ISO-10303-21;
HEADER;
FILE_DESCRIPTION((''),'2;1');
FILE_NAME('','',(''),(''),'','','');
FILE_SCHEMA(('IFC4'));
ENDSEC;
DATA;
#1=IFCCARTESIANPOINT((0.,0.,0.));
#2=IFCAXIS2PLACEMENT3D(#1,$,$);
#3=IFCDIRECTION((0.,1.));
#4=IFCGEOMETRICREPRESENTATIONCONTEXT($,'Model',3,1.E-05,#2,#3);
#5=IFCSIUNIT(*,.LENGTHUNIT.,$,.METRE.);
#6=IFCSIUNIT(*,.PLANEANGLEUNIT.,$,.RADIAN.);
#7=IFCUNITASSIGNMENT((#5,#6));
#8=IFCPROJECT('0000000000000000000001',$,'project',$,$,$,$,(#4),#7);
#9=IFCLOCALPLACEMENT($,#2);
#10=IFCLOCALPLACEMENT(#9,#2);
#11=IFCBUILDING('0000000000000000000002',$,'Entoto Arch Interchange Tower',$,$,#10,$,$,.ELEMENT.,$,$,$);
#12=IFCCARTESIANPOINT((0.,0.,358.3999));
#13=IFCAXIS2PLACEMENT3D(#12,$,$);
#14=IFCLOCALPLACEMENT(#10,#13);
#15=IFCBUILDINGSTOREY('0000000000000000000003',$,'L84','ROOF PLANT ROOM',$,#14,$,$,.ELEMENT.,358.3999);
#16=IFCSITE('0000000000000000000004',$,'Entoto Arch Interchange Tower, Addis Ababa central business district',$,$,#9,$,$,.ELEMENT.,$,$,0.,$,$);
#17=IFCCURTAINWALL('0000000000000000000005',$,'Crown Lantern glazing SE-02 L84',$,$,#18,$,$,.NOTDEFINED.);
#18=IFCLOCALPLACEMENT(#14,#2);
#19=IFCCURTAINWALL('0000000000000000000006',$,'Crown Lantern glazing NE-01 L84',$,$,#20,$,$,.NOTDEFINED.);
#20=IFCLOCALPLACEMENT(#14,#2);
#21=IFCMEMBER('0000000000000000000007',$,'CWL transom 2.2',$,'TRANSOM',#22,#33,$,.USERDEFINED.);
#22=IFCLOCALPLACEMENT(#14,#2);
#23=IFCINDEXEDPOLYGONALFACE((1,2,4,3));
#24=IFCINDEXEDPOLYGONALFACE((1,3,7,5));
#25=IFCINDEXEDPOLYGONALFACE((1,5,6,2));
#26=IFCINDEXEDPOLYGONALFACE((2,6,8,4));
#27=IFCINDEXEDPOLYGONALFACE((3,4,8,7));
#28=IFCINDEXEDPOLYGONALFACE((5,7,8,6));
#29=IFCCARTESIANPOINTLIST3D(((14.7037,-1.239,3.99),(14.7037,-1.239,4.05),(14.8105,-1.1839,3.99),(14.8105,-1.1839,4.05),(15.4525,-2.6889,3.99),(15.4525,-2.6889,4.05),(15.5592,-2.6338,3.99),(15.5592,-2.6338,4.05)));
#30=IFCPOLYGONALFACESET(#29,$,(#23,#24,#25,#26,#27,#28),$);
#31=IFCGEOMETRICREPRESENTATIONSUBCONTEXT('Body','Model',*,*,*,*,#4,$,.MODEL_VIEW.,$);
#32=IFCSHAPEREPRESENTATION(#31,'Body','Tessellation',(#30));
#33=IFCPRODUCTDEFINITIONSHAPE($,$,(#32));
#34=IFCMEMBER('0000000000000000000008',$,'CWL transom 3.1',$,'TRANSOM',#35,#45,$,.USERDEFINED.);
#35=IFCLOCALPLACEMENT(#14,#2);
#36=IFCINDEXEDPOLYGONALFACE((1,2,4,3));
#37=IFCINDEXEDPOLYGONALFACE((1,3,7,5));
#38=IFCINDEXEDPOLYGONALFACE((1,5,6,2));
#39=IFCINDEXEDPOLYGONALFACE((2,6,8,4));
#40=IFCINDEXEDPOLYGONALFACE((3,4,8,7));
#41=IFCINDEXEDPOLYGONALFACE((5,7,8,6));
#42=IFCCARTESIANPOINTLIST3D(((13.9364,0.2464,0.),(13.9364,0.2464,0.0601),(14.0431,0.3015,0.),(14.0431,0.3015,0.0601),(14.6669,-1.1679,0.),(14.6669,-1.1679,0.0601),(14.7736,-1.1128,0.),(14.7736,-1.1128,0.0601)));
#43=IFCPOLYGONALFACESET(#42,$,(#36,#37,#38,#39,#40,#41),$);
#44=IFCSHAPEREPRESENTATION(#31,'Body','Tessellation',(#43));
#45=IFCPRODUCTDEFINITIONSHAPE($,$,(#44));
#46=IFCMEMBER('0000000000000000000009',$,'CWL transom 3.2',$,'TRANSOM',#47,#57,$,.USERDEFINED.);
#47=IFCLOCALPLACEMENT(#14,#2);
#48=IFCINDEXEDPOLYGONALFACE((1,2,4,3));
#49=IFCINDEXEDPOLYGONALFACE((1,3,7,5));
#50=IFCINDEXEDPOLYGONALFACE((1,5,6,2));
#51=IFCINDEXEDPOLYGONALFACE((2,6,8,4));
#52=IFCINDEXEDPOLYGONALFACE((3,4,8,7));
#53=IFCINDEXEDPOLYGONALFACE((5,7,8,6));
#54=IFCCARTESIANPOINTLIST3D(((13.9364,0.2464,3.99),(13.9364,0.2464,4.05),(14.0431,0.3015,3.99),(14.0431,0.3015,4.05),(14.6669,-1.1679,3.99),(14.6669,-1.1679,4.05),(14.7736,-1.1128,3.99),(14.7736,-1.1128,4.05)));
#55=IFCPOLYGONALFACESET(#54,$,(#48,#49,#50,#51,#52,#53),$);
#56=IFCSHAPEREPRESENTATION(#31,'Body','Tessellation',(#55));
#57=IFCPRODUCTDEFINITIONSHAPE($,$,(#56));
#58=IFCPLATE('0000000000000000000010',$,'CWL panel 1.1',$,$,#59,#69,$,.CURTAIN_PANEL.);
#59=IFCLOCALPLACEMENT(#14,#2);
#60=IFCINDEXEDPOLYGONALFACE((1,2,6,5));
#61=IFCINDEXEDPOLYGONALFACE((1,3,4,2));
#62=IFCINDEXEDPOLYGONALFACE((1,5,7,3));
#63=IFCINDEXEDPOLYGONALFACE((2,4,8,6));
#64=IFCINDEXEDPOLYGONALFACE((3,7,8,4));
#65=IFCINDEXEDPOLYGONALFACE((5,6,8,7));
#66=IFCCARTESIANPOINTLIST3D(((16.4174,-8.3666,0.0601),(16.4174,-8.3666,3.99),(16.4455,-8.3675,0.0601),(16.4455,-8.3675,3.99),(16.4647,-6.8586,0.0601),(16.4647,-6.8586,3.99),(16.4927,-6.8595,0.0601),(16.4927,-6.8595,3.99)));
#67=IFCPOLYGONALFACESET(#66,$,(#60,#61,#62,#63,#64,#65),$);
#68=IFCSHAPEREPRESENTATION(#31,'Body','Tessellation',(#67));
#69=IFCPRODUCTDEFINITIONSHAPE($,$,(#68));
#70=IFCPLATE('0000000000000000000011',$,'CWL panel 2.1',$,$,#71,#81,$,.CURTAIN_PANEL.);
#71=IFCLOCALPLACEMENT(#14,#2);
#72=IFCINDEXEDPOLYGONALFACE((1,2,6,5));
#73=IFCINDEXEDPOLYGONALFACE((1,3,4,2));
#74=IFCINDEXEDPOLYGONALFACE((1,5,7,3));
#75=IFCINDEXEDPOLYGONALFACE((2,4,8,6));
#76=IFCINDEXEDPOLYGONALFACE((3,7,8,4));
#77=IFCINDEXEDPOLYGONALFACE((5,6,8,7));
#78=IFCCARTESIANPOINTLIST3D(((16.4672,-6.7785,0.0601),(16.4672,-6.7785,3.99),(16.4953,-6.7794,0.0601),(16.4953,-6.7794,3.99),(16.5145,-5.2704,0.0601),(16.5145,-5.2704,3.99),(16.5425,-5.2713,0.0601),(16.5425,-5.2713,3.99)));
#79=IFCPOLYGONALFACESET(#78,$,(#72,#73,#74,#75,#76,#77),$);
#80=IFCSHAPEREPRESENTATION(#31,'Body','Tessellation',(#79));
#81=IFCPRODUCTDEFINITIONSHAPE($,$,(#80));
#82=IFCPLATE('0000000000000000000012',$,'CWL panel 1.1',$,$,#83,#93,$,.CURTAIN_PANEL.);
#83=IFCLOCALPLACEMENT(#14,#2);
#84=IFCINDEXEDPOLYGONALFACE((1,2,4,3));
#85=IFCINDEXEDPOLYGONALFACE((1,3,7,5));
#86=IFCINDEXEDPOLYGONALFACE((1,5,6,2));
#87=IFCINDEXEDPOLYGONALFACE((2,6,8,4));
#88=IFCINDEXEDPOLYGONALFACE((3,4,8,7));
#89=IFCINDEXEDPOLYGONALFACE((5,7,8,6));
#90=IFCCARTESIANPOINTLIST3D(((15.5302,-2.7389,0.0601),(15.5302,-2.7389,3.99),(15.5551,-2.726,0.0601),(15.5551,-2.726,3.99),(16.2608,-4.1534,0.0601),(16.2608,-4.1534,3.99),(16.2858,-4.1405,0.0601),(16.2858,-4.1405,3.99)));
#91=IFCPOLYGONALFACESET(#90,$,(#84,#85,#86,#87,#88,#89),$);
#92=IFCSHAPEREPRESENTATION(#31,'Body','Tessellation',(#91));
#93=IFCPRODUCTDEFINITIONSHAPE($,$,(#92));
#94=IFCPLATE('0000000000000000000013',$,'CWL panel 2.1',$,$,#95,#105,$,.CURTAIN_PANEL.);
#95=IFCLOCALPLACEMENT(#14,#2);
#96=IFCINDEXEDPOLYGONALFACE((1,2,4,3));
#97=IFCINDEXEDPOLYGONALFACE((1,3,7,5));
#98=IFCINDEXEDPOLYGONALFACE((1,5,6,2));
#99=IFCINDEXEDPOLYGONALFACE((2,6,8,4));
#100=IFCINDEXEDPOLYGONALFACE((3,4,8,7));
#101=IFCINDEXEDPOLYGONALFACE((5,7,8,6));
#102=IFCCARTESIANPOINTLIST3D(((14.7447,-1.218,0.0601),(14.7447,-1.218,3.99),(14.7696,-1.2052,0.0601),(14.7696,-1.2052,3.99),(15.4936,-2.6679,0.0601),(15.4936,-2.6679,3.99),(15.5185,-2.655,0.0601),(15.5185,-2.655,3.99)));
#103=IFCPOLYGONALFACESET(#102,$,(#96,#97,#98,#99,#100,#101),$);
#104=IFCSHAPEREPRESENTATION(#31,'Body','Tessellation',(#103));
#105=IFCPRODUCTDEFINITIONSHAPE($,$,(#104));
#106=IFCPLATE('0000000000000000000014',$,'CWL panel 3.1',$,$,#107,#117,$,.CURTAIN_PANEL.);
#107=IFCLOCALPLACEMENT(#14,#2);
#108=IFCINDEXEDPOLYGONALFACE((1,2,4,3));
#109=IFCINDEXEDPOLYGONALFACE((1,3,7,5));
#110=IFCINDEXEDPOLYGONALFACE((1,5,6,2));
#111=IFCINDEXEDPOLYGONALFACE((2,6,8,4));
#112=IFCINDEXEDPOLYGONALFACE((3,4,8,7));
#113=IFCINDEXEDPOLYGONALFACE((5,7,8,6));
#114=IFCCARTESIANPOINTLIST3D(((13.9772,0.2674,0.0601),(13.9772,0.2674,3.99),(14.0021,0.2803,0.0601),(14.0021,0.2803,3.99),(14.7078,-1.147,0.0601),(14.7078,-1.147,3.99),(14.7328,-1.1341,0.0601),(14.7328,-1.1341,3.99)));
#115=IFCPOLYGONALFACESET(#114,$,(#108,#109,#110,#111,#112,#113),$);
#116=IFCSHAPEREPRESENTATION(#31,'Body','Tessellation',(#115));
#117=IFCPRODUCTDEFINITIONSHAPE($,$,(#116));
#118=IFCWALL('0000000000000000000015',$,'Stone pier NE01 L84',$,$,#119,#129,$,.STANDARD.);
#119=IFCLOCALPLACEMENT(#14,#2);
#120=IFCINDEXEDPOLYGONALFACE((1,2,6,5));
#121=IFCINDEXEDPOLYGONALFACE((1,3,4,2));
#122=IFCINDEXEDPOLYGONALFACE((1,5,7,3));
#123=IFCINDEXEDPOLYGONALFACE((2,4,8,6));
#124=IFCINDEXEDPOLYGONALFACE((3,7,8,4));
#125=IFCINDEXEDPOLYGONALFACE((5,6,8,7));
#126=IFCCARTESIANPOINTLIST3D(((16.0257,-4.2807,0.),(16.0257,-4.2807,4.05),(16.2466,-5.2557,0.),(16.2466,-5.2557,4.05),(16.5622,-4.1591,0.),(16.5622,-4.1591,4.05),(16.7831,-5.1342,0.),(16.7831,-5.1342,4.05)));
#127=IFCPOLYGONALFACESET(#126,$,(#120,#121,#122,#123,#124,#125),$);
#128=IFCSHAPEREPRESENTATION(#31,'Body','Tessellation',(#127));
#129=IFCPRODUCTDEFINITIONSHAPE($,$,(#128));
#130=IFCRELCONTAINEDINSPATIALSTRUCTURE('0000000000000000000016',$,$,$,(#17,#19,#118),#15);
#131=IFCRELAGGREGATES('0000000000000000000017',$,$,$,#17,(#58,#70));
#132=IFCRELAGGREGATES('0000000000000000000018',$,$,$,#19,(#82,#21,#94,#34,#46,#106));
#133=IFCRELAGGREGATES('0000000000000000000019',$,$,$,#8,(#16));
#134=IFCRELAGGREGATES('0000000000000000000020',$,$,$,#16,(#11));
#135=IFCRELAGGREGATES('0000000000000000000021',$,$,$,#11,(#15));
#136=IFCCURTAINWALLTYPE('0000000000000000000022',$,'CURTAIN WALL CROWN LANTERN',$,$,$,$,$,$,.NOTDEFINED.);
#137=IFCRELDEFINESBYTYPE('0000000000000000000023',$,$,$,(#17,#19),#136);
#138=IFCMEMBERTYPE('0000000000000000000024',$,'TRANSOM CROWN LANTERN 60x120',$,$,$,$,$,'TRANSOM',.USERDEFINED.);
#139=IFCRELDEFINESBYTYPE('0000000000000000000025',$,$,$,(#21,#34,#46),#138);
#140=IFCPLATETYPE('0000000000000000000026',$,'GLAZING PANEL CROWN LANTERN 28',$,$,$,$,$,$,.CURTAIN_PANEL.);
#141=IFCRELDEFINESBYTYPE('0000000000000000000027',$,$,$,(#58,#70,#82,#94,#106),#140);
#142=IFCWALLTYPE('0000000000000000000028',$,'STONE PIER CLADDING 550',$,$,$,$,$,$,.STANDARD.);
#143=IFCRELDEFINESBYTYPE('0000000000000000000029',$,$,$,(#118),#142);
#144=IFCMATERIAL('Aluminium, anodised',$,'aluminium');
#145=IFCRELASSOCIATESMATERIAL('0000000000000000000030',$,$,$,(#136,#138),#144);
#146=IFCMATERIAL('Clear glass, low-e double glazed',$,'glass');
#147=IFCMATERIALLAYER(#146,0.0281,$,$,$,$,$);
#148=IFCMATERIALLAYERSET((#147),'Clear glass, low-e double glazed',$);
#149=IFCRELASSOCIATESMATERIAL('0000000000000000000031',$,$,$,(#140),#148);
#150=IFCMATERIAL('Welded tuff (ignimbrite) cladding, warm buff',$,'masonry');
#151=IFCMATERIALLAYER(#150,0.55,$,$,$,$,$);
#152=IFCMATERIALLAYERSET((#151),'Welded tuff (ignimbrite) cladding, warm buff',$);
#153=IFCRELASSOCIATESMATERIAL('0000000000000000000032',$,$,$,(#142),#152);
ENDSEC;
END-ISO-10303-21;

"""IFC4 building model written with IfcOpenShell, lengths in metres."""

from ifc_helpers import new_model, si_unit, direction, frame, frame_2d, origin, origin_2d, place, context, subcontext, project, spatial, rectangle, extrude, material, layer, layer_set, material_profile, profile_set, type_object, element, aggregate, save


model = new_model("IFC4")

# Units and contexts
model_context = context("Model", 3, precision=1e-05, world=origin(), true_north=direction((0.0, 1.0)))
body_context = subcontext(model_context, "Body", "Model", "MODEL_VIEW")
ifc_project = project(units=[si_unit("LENGTHUNIT", "METRE"), si_unit("PLANEANGLEUNIT", "RADIAN")], contexts=[model_context])

# Site, building, storey
site_placement = place(None, origin())
site = spatial("IfcSite", under=ifc_project, at=site_placement, Name="Entoto Arch Interchange Tower, Addis Ababa central business district", CompositionType="ELEMENT", RefElevation=0.0)
building_placement = place(site_placement, origin())
building = spatial("IfcBuilding", under=site, at=building_placement, Name="Entoto Arch Interchange Tower", CompositionType="ELEMENT")
storey_placement = place(building_placement, frame((0.0, 0.0, 358.3999)))
storey = spatial("IfcBuildingStorey", under=building, at=storey_placement, Name="L84", Description="ROOF PLANT ROOM", CompositionType="ELEMENT", Elevation=358.3999)

# Curtain walls
ifc_material_1 = material(Name="Aluminium, anodised", Category="aluminium")
curtain_wall_type = type_object("IfcCurtainWallType", Name="CURTAIN WALL CROWN LANTERN", PredefinedType="NOTDEFINED", material=ifc_material_1)
curtain_wall_1_placement = place(storey_placement, origin())
curtain_wall_1 = element("IfcCurtainWall", 1, at=curtain_wall_1_placement, inside=storey, type_object=curtain_wall_type, Name="Crown Lantern glazing SE-02 L84", PredefinedType="NOTDEFINED")
curtain_wall_2_placement = place(storey_placement, origin())
curtain_wall_2 = element("IfcCurtainWall", 2, at=curtain_wall_2_placement, inside=storey, type_object=curtain_wall_type, Name="Crown Lantern glazing NE-01 L84", PredefinedType="NOTDEFINED")

# Members
ifc_material_profile_1 = material_profile(ifc_material_1, rectangle(XDim=0.1201, YDim=0.0601, at=origin_2d()))
ifc_profile_set_1 = profile_set([ifc_material_profile_1], Name="Aluminium, anodised")
member_type_1 = type_object("IfcMemberType", Name="TRANSOM CROWN LANTERN 60x120", ElementType="TRANSOM", PredefinedType="USERDEFINED", material=ifc_profile_set_1)
member_1_placement = place(storey_placement, frame((15.5059, -2.6614, 4.02), z_axis=(-0.458845, 0.888516, 0.0), x_axis=(-0.888516, -0.458845, 0.0)))
member_1 = element("IfcMember", 3, at=member_1_placement, type_object=member_type_1, Name="CWL transom 2.2", ObjectType="TRANSOM", PredefinedType="USERDEFINED", context=body_context, shape_type="SweptSolid", body=[
    extrude(rectangle(XDim=0.1201, YDim=0.0601, at=origin_2d()), origin(), (0.0, 0.0, 1.0), 1.6318),
])
member_2_placement = place(storey_placement, frame((14.7202, -1.1404, 0.03), z_axis=(-0.458893, 0.888492, 0.0), x_axis=(-0.888492, -0.458893, 0.0)))
member_2 = element("IfcMember", 4, at=member_2_placement, type_object=member_type_1, Name="CWL transom 3.1", ObjectType="TRANSOM", PredefinedType="USERDEFINED", context=body_context, shape_type="SweptSolid", body=[
    extrude(rectangle(XDim=0.1201, YDim=0.0601, at=origin_2d()), origin(), (0.0, 0.0, 1.0), 1.5918),
])
member_3_placement = place(storey_placement, frame((14.7202, -1.1404, 4.02), z_axis=(-0.458893, 0.888492, 0.0), x_axis=(-0.888492, -0.458893, 0.0)))
member_3 = element("IfcMember", 5, at=member_3_placement, type_object=member_type_1, Name="CWL transom 3.2", ObjectType="TRANSOM", PredefinedType="USERDEFINED", context=body_context, shape_type="SweptSolid", body=[
    extrude(rectangle(XDim=0.1201, YDim=0.0601, at=origin_2d()), origin(), (0.0, 0.0, 1.0), 1.5918),
])

# Plates
ifc_material_2 = material(Name="Clear glass, low-e double glazed", Category="glass")
ifc_layer_1 = layer(ifc_material_2, 0.0281)
ifc_layer_set_1 = layer_set([ifc_layer_1], Name="Clear glass, low-e double glazed")
plate_type = type_object("IfcPlateType", Name="GLAZING PANEL CROWN LANTERN 28", PredefinedType="CURTAIN_PANEL", material=ifc_layer_set_1)
plate_1_placement = place(storey_placement, frame((16.4551, -7.613, 0.0601), z_axis=(0.0, 0.0, 1.0), x_axis=(0.031311, 0.99951, 0.0)))
plate_1 = element("IfcPlate", 6, at=plate_1_placement, type_object=plate_type, Name="CWL panel 1.1", PredefinedType="CURTAIN_PANEL", context=body_context, shape_type="SweptSolid", body=[
    extrude(rectangle(XDim=1.5088, YDim=0.0281, at=origin_2d()), origin(), (0.0, 0.0, 1.0), 3.9299),
])
plate_2_placement = place(storey_placement, frame((16.5049, -6.0249, 0.0601), z_axis=(0.0, 0.0, 1.0), x_axis=(0.031311, 0.99951, 0.0)))
plate_2 = element("IfcPlate", 7, at=plate_2_placement, type_object=plate_type, Name="CWL panel 2.1", PredefinedType="CURTAIN_PANEL", context=body_context, shape_type="SweptSolid", body=[
    extrude(rectangle(XDim=1.5088, YDim=0.0281, at=origin_2d()), origin(), (0.0, 0.0, 1.0), 3.9299),
])
aggregate(curtain_wall_1, [plate_1, plate_2])
plate_3_placement = place(storey_placement, frame((15.908, -3.4397, 0.0601), z_axis=(0.0, 0.0, 1.0), x_axis=(-0.458936, 0.88847, 0.0)))
plate_3 = element("IfcPlate", 8, at=plate_3_placement, type_object=plate_type, Name="CWL panel 1.1", PredefinedType="CURTAIN_PANEL", context=body_context, shape_type="SweptSolid", body=[
    extrude(rectangle(XDim=1.592, YDim=0.0281, at=origin_2d()), origin(), (0.0, 0.0, 1.0), 3.9299),
])
plate_4_placement = place(storey_placement, frame((15.1316, -1.9365, 0.0601), z_axis=(0.0, 0.0, 1.0), x_axis=(-0.458936, 0.88847, 0.0)))
plate_4 = element("IfcPlate", 9, at=plate_4_placement, type_object=plate_type, Name="CWL panel 2.1", PredefinedType="CURTAIN_PANEL", context=body_context, shape_type="SweptSolid", body=[
    extrude(rectangle(XDim=1.6318, YDim=0.0281, at=origin_2d()), origin(), (0.0, 0.0, 1.0), 3.9299),
])
plate_5_placement = place(storey_placement, frame((14.355, -0.4333, 0.0601), z_axis=(0.0, 0.0, 1.0), x_axis=(-0.458936, 0.88847, 0.0)))
plate_5 = element("IfcPlate", 10, at=plate_5_placement, type_object=plate_type, Name="CWL panel 3.1", PredefinedType="CURTAIN_PANEL", context=body_context, shape_type="SweptSolid", body=[
    extrude(rectangle(XDim=1.592, YDim=0.0281, at=origin_2d()), origin(), (0.0, 0.0, 1.0), 3.9299),
])
aggregate(curtain_wall_2, [plate_3, member_1, plate_4, member_2, member_3, plate_5])

# Wall
ifc_material_3 = material(Name="Welded tuff (ignimbrite) cladding, warm buff", Category="masonry")
ifc_layer_2 = layer(ifc_material_3, 0.55)
ifc_layer_set_2 = layer_set([ifc_layer_2], Name="Welded tuff (ignimbrite) cladding, warm buff")
wall_type = type_object("IfcWallType", Name="STONE PIER CLADDING 550", PredefinedType="STANDARD", material=ifc_layer_set_2)
wall_placement = place(storey_placement, frame((16.5149, -5.1951, 0.0), z_axis=(0.0, 0.0, 1.0), x_axis=(-0.220988, 0.975277, 0.0)))
element("IfcWall", 11, at=wall_placement, inside=storey, type_object=wall_type, Name="Stone pier NE01 L84", PredefinedType="STANDARD", context=body_context, shape_type="SweptSolid", body=[
    extrude(rectangle(XDim=0.9998, YDim=0.55, at=frame_2d((0.5, 0.0))), origin(), (0.0, 0.0, 1.0), 4.05),
])

save(model, "model.ifc")
